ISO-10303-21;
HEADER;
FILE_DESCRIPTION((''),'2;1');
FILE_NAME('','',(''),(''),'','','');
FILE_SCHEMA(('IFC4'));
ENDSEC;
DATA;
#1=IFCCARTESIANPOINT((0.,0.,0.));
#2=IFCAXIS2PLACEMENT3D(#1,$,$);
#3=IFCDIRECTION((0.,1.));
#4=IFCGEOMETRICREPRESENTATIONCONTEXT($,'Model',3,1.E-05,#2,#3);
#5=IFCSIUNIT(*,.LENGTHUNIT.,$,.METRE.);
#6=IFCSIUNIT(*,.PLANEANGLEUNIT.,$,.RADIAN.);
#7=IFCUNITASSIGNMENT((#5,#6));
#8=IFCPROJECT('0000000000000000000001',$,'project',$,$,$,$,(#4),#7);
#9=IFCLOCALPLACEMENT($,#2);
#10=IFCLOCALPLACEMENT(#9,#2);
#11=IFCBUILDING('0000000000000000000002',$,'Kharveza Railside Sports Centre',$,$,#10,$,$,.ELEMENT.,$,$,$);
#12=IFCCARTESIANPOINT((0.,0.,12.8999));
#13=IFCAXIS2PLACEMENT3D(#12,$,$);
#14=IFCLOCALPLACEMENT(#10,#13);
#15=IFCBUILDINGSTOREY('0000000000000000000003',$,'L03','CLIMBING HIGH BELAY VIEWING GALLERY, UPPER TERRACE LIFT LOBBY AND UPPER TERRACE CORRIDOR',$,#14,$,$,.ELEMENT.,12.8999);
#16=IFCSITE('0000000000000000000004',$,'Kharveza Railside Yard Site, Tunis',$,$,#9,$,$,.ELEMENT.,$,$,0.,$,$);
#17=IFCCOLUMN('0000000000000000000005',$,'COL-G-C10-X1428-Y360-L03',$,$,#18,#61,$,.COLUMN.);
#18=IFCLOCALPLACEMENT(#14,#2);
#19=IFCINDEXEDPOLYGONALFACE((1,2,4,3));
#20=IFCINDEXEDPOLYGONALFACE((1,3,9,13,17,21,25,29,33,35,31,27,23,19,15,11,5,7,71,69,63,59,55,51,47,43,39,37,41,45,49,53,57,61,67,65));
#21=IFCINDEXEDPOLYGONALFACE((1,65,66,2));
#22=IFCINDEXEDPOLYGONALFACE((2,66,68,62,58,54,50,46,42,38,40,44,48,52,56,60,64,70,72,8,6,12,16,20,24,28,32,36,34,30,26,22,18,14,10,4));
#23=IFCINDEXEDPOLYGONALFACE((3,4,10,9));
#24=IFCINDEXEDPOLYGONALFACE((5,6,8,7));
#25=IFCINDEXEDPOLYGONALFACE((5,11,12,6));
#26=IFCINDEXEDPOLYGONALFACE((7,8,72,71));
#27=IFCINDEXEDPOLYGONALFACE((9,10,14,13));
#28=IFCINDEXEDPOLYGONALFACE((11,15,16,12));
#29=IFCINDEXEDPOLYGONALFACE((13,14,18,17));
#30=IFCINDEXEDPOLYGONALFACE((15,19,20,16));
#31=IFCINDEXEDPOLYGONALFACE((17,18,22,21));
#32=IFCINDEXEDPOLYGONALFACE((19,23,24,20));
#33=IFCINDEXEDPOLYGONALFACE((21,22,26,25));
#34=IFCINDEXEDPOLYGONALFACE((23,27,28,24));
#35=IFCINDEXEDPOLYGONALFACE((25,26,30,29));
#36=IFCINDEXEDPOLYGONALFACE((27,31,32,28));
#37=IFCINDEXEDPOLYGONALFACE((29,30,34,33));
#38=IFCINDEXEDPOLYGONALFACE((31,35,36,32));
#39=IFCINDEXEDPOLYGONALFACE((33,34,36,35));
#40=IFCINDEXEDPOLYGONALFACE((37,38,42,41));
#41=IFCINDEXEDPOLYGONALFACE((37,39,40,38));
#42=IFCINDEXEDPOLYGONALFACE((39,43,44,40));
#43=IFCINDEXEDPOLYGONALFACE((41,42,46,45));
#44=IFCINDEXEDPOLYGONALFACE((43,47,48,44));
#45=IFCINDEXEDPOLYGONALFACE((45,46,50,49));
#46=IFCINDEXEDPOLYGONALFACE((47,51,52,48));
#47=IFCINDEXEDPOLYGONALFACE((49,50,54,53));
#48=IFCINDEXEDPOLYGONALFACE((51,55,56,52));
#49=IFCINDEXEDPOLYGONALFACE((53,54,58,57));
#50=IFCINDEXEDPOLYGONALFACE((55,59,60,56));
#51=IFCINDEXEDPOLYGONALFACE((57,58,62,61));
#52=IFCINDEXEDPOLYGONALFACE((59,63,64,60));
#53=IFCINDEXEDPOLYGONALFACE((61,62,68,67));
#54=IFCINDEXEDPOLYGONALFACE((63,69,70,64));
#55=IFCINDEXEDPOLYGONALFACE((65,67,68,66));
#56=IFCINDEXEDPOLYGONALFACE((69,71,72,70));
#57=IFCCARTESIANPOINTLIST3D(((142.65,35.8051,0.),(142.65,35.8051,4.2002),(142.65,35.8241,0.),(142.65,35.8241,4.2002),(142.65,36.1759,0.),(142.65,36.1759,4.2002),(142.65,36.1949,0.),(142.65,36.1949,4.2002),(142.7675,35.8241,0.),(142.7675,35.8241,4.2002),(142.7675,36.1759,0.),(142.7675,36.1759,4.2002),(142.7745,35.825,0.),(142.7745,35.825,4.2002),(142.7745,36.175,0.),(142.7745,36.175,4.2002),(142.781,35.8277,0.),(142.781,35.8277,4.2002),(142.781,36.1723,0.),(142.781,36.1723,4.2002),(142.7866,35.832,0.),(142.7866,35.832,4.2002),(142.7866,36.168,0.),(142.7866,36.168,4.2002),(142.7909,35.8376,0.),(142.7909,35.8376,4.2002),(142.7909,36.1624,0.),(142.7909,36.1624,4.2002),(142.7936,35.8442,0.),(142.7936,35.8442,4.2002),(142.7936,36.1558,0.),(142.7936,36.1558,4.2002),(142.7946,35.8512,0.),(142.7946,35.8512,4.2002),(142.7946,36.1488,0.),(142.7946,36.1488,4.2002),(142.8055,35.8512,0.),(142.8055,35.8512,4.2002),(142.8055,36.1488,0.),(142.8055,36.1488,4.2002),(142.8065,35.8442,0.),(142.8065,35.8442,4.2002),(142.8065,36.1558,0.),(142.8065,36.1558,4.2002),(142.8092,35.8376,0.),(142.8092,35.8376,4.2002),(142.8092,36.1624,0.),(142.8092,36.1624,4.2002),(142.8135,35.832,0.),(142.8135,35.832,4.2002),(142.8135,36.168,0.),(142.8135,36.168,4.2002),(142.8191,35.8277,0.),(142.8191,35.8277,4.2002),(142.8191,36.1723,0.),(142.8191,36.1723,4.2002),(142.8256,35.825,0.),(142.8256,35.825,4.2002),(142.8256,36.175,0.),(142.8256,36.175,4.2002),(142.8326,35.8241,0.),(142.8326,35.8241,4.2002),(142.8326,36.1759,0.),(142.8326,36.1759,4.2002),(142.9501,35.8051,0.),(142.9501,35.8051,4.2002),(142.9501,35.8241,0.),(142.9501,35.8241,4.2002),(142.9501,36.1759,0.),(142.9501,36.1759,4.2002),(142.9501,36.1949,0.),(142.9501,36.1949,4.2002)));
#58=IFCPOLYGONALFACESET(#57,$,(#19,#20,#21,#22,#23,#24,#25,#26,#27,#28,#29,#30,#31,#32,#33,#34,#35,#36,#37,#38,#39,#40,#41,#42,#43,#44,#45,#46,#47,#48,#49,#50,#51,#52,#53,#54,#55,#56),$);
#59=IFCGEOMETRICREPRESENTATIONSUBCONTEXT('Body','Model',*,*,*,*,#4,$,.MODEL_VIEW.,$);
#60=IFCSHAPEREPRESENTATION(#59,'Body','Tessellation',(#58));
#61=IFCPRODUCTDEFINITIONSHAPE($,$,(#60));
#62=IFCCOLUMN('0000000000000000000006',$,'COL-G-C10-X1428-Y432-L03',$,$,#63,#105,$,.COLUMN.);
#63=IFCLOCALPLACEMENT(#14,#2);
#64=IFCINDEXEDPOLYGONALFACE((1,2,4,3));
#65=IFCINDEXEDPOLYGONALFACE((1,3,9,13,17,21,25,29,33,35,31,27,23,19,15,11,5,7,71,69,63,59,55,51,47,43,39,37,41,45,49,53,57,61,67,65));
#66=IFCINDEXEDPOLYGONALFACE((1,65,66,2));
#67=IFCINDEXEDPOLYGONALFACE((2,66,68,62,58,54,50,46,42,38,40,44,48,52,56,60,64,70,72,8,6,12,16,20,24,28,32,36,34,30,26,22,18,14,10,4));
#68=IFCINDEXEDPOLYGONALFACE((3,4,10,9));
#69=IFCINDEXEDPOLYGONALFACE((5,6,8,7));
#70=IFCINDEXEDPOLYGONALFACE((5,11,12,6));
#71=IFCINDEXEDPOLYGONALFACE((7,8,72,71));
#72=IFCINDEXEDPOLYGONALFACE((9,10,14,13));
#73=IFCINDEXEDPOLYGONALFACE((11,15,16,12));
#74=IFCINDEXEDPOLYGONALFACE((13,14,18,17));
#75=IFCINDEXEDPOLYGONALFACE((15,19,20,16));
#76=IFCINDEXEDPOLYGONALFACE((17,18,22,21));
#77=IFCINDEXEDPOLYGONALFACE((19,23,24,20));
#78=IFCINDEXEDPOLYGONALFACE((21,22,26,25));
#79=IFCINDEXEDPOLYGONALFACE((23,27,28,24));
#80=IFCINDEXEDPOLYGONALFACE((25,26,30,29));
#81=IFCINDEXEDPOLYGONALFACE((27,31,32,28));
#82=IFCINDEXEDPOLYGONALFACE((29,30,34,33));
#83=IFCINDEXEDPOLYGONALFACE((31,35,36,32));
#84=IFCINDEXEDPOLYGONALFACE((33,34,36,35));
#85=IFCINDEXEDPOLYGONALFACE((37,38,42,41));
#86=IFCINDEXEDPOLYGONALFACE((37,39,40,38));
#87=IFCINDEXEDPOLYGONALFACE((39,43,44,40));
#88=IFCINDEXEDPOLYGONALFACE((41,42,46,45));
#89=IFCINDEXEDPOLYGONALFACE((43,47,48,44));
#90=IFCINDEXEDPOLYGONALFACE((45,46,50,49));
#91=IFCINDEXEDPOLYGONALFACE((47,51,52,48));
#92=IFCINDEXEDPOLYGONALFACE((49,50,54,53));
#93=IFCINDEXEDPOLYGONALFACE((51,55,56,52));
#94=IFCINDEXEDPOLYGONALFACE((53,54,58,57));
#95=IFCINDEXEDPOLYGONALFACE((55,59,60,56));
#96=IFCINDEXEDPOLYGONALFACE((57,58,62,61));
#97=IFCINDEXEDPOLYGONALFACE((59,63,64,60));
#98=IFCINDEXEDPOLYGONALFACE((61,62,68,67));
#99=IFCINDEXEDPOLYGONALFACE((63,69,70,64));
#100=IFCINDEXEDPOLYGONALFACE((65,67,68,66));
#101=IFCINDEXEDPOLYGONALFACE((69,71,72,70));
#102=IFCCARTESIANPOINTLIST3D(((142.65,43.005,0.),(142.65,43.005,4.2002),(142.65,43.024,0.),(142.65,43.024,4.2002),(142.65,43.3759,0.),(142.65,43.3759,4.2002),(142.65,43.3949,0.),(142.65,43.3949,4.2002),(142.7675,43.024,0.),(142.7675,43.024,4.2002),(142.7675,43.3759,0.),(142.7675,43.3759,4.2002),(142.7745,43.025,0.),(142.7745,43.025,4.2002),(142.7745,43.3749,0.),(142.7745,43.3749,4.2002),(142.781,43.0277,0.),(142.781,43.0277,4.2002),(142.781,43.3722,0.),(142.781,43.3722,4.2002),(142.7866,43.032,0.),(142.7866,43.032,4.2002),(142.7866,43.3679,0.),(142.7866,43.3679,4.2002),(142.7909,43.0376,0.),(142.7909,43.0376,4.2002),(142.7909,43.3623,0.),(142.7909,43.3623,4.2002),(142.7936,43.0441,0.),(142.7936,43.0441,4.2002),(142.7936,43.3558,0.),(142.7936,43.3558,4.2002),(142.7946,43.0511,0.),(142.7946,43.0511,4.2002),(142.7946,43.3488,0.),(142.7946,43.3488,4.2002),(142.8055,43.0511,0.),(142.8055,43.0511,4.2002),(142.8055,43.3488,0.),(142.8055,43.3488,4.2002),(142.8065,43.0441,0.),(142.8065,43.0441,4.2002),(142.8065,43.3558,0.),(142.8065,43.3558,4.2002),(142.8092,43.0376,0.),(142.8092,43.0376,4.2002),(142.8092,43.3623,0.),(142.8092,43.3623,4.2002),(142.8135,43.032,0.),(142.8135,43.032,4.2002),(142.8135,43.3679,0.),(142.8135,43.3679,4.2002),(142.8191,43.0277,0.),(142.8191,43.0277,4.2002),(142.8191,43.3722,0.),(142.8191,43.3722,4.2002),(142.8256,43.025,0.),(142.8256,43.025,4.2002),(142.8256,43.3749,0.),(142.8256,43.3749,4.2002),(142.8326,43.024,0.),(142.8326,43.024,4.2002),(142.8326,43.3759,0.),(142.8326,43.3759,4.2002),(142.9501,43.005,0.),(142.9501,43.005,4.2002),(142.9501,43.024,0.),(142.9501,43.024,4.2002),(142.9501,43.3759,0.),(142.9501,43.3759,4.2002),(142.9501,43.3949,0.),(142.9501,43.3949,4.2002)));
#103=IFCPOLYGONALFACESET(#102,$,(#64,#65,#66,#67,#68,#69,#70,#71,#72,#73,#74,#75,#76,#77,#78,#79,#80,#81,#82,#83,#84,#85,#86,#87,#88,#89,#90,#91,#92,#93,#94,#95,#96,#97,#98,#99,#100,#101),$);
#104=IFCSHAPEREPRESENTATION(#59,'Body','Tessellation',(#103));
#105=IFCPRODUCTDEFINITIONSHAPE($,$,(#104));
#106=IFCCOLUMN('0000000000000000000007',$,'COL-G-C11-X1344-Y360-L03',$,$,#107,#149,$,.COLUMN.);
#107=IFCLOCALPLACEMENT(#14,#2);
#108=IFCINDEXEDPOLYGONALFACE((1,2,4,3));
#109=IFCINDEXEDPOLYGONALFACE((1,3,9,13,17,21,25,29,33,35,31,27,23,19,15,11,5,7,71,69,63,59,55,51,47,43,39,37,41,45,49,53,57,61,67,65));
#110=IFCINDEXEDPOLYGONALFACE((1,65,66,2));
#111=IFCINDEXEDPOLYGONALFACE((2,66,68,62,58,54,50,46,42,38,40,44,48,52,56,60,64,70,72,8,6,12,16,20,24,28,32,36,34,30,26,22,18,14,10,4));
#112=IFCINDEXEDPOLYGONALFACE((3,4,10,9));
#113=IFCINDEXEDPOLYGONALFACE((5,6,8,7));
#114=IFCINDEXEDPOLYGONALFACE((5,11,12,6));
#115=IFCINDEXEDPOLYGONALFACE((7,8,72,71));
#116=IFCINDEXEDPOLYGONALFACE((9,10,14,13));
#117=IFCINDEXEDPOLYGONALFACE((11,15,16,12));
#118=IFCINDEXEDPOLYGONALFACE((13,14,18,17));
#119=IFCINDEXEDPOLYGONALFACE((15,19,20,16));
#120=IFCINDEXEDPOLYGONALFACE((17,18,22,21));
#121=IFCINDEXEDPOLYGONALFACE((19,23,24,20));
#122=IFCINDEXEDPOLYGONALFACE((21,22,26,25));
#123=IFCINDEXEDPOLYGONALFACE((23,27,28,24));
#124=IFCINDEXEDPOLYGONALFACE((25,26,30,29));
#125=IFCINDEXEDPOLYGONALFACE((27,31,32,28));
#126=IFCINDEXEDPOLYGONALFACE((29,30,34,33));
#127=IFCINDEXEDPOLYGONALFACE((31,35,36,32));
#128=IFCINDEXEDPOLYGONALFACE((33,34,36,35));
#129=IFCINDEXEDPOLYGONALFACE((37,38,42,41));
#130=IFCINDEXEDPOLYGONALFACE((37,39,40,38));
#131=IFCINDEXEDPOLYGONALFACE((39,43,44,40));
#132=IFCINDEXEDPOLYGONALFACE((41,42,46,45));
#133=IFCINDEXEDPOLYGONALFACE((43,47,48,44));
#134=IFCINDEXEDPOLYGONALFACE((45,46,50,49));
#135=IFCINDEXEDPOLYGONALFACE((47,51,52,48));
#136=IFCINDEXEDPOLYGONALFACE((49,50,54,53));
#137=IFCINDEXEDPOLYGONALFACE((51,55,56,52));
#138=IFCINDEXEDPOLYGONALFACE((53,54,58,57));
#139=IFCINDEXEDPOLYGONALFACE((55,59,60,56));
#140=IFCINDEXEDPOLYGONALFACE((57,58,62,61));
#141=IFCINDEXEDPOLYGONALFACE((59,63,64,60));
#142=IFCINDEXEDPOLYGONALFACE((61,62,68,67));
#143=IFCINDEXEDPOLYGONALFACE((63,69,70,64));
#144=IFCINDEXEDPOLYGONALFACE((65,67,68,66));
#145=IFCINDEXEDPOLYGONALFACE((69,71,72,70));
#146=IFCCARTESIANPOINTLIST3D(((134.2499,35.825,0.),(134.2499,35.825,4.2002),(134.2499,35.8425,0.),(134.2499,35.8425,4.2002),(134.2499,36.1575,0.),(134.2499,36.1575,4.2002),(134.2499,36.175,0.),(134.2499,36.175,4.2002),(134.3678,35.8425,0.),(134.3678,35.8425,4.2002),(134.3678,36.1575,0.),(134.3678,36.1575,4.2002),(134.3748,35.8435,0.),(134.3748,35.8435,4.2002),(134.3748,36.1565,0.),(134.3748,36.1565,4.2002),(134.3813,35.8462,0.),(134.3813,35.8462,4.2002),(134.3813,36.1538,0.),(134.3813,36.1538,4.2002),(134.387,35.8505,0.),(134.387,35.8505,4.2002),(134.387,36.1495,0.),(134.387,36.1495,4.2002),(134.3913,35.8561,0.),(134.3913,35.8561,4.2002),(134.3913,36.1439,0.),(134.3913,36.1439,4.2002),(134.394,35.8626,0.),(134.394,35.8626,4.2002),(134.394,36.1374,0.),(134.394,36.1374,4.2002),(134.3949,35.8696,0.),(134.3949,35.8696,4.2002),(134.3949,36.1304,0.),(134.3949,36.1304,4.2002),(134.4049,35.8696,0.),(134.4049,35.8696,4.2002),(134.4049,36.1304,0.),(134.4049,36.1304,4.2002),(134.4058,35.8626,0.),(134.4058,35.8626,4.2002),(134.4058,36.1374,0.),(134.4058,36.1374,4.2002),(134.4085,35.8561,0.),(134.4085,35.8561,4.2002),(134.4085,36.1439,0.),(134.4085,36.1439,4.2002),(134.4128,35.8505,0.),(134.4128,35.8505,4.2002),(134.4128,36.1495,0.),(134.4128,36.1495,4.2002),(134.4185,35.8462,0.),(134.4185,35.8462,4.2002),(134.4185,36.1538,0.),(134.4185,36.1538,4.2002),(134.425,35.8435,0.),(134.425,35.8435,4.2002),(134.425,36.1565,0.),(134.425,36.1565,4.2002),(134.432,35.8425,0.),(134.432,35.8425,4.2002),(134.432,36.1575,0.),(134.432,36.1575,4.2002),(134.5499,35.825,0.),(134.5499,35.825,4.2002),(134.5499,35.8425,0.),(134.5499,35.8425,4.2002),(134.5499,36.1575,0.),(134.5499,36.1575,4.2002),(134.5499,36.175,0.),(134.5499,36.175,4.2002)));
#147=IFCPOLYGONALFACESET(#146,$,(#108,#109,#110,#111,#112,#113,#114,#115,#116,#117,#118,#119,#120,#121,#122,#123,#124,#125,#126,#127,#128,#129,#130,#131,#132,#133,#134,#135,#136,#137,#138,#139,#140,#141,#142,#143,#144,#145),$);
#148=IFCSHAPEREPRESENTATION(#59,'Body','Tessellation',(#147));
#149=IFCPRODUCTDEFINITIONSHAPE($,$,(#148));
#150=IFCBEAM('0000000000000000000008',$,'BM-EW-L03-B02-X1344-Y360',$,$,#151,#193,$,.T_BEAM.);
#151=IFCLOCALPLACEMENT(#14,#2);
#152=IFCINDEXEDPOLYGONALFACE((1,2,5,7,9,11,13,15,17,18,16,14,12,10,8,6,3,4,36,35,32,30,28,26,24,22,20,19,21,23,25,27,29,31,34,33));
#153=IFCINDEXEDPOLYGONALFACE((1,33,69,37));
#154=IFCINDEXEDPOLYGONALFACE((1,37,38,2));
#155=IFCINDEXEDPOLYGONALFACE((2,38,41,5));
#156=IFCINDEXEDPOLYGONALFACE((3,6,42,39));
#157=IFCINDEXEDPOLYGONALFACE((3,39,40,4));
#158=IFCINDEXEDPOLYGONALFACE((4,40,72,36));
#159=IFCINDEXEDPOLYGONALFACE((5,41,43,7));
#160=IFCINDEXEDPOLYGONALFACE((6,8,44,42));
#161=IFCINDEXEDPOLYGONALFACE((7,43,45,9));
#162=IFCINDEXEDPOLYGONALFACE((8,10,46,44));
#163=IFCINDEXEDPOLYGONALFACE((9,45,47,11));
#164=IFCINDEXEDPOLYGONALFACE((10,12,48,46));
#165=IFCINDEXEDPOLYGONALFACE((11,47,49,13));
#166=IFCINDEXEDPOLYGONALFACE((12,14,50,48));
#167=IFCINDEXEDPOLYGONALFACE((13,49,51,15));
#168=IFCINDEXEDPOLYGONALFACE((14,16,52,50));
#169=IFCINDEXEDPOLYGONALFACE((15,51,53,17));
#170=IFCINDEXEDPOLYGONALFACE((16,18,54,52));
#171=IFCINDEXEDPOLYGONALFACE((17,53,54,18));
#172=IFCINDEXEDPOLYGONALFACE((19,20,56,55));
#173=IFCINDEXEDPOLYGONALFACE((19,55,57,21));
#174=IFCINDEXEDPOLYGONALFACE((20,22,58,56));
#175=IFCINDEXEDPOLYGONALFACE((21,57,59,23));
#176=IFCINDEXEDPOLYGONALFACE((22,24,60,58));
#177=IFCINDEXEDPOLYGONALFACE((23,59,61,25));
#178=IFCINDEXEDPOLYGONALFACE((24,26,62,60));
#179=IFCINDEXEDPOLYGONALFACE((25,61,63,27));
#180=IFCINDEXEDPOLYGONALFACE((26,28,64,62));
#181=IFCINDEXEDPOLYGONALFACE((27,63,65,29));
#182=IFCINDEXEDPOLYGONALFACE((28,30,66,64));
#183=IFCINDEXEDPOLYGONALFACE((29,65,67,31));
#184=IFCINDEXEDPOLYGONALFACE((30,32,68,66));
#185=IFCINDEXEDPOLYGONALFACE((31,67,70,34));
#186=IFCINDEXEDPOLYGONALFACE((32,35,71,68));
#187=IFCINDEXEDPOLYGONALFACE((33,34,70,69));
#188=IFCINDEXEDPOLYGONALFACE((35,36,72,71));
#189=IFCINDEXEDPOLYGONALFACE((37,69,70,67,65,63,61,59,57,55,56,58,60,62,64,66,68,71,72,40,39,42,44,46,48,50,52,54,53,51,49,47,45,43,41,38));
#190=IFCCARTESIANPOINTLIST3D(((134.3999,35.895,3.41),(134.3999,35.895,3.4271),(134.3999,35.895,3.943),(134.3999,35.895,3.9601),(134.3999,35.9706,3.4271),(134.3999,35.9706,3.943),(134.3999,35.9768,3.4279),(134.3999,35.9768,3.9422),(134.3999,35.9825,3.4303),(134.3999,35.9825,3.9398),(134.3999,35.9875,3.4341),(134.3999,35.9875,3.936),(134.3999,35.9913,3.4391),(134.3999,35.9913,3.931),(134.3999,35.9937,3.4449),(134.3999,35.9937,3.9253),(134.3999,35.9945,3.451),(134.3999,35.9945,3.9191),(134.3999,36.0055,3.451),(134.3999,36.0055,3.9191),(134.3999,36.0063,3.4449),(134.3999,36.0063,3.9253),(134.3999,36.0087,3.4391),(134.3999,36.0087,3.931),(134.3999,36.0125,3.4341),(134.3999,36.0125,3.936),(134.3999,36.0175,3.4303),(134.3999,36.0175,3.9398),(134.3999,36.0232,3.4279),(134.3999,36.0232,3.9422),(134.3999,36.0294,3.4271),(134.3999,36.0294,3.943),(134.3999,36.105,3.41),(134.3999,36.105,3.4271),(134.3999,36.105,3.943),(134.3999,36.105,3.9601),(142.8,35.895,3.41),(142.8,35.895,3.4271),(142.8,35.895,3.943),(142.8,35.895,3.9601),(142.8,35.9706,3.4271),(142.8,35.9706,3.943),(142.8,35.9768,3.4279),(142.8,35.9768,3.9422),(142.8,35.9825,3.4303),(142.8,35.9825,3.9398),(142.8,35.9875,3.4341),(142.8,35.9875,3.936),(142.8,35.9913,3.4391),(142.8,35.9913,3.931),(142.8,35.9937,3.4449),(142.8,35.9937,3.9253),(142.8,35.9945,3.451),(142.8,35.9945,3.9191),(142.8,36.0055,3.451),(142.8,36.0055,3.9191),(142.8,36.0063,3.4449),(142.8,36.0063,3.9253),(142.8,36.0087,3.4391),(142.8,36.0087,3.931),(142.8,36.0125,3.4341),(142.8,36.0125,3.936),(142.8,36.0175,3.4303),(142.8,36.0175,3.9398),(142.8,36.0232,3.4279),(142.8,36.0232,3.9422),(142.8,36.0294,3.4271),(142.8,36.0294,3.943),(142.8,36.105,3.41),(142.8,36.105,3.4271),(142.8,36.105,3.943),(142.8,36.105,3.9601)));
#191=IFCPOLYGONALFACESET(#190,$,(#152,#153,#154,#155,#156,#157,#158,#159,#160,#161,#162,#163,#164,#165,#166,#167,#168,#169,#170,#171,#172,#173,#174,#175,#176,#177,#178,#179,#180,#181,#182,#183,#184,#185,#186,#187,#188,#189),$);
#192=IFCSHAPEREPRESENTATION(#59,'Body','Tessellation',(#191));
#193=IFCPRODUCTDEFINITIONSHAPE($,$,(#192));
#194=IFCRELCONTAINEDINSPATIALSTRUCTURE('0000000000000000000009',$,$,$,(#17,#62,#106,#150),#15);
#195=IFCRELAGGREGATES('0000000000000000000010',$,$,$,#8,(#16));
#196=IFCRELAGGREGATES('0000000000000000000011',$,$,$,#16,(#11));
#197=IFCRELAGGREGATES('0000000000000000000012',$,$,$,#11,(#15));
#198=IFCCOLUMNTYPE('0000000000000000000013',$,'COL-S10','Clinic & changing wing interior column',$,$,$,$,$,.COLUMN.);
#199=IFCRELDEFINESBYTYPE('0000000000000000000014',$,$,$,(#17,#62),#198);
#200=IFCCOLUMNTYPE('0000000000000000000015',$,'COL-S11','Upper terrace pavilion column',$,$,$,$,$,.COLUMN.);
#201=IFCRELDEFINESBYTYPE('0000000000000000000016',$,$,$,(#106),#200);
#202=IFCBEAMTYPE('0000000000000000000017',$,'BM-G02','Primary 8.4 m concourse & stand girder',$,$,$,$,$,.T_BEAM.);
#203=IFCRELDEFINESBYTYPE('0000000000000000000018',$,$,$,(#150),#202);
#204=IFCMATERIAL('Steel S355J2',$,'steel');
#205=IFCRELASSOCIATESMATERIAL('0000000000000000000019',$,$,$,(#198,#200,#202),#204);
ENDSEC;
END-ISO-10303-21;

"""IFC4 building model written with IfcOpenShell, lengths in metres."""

from ifc_helpers import new_model, si_unit, direction, frame, origin, origin_2d, place, context, subcontext, project, spatial, i_section, extrude, material, material_profile, profile_set, type_object, element, save


model = new_model("IFC4")

# Units and contexts
model_context = context("Model", 3, precision=1e-05, world=origin(), true_north=direction((0.0, 1.0)))
body_context = subcontext(model_context, "Body", "Model", "MODEL_VIEW")
ifc_project = project(units=[si_unit("LENGTHUNIT", "METRE"), si_unit("PLANEANGLEUNIT", "RADIAN")], contexts=[model_context])

# Site, building, storey
site_placement = place(None, origin())
site = spatial("IfcSite", under=ifc_project, at=site_placement, Name="Kharveza Railside Yard Site, Tunis", CompositionType="ELEMENT", RefElevation=0.0)
building_placement = place(site_placement, origin())
building = spatial("IfcBuilding", under=site, at=building_placement, Name="Kharveza Railside Sports Centre", CompositionType="ELEMENT")
storey_placement = place(building_placement, frame((0.0, 0.0, 12.8999)))
storey = spatial("IfcBuildingStorey", under=building, at=storey_placement, Name="L03", Description="CLIMBING HIGH BELAY VIEWING GALLERY, UPPER TERRACE LIFT LOBBY AND UPPER TERRACE CORRIDOR", CompositionType="ELEMENT", Elevation=12.8999)

# Columns
ifc_material_1 = material(Name="Steel S355J2", Category="steel")
ifc_material_profile_1 = material_profile(ifc_material_1, i_section(OverallWidth=0.3, OverallDepth=0.3899, WebThickness=0.011, FlangeThickness=0.019, FilletRadius=0.0271, at=origin_2d()), Name="HEA 400")
ifc_profile_set_1 = profile_set([ifc_material_profile_1], Name="Steel S355J2")
column_type_1 = type_object("IfcColumnType", Name="COL-S10", Description="Clinic & changing wing interior column", PredefinedType="COLUMN", material=ifc_profile_set_1)
for number, where, z_axis, x_axis, name in (
    (1, (142.8, 36.0, 0.0), (0.0, 0.0, 1.0), (1.0, 0.0, 0.0), "COL-G-C10-X1428-Y360-L03"),
    (2, (142.8, 43.2, 0.0), (0.0, 0.0, 1.0), (1.0, 0.0, 0.0), "COL-G-C10-X1428-Y432-L03"),
):
    element("IfcColumn", number, at=place(storey_placement, frame(where, z_axis=z_axis, x_axis=x_axis)), inside=storey, type_object=column_type_1, Name=name, PredefinedType="COLUMN", context=body_context, shape_type="SweptSolid", body=[
        extrude(i_section(OverallWidth=0.3, OverallDepth=0.3899, WebThickness=0.011, FlangeThickness=0.019, FilletRadius=0.0271, at=origin_2d()), origin(), (0.0, 0.0, 1.0), 4.2002),
    ])
ifc_material_profile_2 = material_profile(ifc_material_1, i_section(OverallWidth=0.3, OverallDepth=0.3501, WebThickness=0.01, FlangeThickness=0.0176, FilletRadius=0.0271, at=origin_2d()), Name="HEA 360")
ifc_profile_set_2 = profile_set([ifc_material_profile_2], Name="Steel S355J2")
column_type_2 = type_object("IfcColumnType", Name="COL-S11", Description="Upper terrace pavilion column", PredefinedType="COLUMN", material=ifc_profile_set_2)
column_placement = place(storey_placement, frame((134.3999, 36.0, 0.0), z_axis=(0.0, 0.0, 1.0), x_axis=(1.0, 0.0, 0.0)))
element("IfcColumn", 3, at=column_placement, inside=storey, type_object=column_type_2, Name="COL-G-C11-X1344-Y360-L03", PredefinedType="COLUMN", context=body_context, shape_type="SweptSolid", body=[
    extrude(i_section(OverallWidth=0.3, OverallDepth=0.3501, WebThickness=0.01, FlangeThickness=0.0176, FilletRadius=0.0271, at=origin_2d()), origin(), (0.0, 0.0, 1.0), 4.2002),
])

# Beam
ifc_material_profile_3 = material_profile(ifc_material_1, i_section(OverallWidth=0.21, OverallDepth=0.55, WebThickness=0.011, FlangeThickness=0.0171, FilletRadius=0.0239, at=origin_2d()), Name="IPE 550")
ifc_profile_set_3 = profile_set([ifc_material_profile_3], Name="Steel S355J2")
beam_type_1 = type_object("IfcBeamType", Name="BM-G02", Description="Primary 8.4 m concourse & stand girder", PredefinedType="T_BEAM", material=ifc_profile_set_3)
beam_1_placement = place(storey_placement, frame((134.3999, 36.0, 3.6851), z_axis=(1.0, 0.0, 0.0), x_axis=(0.0, 1.0, 0.0)))
element("IfcBeam", 4, at=beam_1_placement, inside=storey, type_object=beam_type_1, Name="BM-EW-L03-B02-X1344-Y360", PredefinedType="T_BEAM", context=body_context, shape_type="SweptSolid", body=[
    extrude(i_section(OverallWidth=0.21, OverallDepth=0.55, WebThickness=0.011, FlangeThickness=0.0171, FilletRadius=0.0239, at=origin_2d()), origin(), (0.0, 0.0, 1.0), 8.4001),
])

save(model, "model.ifc")
